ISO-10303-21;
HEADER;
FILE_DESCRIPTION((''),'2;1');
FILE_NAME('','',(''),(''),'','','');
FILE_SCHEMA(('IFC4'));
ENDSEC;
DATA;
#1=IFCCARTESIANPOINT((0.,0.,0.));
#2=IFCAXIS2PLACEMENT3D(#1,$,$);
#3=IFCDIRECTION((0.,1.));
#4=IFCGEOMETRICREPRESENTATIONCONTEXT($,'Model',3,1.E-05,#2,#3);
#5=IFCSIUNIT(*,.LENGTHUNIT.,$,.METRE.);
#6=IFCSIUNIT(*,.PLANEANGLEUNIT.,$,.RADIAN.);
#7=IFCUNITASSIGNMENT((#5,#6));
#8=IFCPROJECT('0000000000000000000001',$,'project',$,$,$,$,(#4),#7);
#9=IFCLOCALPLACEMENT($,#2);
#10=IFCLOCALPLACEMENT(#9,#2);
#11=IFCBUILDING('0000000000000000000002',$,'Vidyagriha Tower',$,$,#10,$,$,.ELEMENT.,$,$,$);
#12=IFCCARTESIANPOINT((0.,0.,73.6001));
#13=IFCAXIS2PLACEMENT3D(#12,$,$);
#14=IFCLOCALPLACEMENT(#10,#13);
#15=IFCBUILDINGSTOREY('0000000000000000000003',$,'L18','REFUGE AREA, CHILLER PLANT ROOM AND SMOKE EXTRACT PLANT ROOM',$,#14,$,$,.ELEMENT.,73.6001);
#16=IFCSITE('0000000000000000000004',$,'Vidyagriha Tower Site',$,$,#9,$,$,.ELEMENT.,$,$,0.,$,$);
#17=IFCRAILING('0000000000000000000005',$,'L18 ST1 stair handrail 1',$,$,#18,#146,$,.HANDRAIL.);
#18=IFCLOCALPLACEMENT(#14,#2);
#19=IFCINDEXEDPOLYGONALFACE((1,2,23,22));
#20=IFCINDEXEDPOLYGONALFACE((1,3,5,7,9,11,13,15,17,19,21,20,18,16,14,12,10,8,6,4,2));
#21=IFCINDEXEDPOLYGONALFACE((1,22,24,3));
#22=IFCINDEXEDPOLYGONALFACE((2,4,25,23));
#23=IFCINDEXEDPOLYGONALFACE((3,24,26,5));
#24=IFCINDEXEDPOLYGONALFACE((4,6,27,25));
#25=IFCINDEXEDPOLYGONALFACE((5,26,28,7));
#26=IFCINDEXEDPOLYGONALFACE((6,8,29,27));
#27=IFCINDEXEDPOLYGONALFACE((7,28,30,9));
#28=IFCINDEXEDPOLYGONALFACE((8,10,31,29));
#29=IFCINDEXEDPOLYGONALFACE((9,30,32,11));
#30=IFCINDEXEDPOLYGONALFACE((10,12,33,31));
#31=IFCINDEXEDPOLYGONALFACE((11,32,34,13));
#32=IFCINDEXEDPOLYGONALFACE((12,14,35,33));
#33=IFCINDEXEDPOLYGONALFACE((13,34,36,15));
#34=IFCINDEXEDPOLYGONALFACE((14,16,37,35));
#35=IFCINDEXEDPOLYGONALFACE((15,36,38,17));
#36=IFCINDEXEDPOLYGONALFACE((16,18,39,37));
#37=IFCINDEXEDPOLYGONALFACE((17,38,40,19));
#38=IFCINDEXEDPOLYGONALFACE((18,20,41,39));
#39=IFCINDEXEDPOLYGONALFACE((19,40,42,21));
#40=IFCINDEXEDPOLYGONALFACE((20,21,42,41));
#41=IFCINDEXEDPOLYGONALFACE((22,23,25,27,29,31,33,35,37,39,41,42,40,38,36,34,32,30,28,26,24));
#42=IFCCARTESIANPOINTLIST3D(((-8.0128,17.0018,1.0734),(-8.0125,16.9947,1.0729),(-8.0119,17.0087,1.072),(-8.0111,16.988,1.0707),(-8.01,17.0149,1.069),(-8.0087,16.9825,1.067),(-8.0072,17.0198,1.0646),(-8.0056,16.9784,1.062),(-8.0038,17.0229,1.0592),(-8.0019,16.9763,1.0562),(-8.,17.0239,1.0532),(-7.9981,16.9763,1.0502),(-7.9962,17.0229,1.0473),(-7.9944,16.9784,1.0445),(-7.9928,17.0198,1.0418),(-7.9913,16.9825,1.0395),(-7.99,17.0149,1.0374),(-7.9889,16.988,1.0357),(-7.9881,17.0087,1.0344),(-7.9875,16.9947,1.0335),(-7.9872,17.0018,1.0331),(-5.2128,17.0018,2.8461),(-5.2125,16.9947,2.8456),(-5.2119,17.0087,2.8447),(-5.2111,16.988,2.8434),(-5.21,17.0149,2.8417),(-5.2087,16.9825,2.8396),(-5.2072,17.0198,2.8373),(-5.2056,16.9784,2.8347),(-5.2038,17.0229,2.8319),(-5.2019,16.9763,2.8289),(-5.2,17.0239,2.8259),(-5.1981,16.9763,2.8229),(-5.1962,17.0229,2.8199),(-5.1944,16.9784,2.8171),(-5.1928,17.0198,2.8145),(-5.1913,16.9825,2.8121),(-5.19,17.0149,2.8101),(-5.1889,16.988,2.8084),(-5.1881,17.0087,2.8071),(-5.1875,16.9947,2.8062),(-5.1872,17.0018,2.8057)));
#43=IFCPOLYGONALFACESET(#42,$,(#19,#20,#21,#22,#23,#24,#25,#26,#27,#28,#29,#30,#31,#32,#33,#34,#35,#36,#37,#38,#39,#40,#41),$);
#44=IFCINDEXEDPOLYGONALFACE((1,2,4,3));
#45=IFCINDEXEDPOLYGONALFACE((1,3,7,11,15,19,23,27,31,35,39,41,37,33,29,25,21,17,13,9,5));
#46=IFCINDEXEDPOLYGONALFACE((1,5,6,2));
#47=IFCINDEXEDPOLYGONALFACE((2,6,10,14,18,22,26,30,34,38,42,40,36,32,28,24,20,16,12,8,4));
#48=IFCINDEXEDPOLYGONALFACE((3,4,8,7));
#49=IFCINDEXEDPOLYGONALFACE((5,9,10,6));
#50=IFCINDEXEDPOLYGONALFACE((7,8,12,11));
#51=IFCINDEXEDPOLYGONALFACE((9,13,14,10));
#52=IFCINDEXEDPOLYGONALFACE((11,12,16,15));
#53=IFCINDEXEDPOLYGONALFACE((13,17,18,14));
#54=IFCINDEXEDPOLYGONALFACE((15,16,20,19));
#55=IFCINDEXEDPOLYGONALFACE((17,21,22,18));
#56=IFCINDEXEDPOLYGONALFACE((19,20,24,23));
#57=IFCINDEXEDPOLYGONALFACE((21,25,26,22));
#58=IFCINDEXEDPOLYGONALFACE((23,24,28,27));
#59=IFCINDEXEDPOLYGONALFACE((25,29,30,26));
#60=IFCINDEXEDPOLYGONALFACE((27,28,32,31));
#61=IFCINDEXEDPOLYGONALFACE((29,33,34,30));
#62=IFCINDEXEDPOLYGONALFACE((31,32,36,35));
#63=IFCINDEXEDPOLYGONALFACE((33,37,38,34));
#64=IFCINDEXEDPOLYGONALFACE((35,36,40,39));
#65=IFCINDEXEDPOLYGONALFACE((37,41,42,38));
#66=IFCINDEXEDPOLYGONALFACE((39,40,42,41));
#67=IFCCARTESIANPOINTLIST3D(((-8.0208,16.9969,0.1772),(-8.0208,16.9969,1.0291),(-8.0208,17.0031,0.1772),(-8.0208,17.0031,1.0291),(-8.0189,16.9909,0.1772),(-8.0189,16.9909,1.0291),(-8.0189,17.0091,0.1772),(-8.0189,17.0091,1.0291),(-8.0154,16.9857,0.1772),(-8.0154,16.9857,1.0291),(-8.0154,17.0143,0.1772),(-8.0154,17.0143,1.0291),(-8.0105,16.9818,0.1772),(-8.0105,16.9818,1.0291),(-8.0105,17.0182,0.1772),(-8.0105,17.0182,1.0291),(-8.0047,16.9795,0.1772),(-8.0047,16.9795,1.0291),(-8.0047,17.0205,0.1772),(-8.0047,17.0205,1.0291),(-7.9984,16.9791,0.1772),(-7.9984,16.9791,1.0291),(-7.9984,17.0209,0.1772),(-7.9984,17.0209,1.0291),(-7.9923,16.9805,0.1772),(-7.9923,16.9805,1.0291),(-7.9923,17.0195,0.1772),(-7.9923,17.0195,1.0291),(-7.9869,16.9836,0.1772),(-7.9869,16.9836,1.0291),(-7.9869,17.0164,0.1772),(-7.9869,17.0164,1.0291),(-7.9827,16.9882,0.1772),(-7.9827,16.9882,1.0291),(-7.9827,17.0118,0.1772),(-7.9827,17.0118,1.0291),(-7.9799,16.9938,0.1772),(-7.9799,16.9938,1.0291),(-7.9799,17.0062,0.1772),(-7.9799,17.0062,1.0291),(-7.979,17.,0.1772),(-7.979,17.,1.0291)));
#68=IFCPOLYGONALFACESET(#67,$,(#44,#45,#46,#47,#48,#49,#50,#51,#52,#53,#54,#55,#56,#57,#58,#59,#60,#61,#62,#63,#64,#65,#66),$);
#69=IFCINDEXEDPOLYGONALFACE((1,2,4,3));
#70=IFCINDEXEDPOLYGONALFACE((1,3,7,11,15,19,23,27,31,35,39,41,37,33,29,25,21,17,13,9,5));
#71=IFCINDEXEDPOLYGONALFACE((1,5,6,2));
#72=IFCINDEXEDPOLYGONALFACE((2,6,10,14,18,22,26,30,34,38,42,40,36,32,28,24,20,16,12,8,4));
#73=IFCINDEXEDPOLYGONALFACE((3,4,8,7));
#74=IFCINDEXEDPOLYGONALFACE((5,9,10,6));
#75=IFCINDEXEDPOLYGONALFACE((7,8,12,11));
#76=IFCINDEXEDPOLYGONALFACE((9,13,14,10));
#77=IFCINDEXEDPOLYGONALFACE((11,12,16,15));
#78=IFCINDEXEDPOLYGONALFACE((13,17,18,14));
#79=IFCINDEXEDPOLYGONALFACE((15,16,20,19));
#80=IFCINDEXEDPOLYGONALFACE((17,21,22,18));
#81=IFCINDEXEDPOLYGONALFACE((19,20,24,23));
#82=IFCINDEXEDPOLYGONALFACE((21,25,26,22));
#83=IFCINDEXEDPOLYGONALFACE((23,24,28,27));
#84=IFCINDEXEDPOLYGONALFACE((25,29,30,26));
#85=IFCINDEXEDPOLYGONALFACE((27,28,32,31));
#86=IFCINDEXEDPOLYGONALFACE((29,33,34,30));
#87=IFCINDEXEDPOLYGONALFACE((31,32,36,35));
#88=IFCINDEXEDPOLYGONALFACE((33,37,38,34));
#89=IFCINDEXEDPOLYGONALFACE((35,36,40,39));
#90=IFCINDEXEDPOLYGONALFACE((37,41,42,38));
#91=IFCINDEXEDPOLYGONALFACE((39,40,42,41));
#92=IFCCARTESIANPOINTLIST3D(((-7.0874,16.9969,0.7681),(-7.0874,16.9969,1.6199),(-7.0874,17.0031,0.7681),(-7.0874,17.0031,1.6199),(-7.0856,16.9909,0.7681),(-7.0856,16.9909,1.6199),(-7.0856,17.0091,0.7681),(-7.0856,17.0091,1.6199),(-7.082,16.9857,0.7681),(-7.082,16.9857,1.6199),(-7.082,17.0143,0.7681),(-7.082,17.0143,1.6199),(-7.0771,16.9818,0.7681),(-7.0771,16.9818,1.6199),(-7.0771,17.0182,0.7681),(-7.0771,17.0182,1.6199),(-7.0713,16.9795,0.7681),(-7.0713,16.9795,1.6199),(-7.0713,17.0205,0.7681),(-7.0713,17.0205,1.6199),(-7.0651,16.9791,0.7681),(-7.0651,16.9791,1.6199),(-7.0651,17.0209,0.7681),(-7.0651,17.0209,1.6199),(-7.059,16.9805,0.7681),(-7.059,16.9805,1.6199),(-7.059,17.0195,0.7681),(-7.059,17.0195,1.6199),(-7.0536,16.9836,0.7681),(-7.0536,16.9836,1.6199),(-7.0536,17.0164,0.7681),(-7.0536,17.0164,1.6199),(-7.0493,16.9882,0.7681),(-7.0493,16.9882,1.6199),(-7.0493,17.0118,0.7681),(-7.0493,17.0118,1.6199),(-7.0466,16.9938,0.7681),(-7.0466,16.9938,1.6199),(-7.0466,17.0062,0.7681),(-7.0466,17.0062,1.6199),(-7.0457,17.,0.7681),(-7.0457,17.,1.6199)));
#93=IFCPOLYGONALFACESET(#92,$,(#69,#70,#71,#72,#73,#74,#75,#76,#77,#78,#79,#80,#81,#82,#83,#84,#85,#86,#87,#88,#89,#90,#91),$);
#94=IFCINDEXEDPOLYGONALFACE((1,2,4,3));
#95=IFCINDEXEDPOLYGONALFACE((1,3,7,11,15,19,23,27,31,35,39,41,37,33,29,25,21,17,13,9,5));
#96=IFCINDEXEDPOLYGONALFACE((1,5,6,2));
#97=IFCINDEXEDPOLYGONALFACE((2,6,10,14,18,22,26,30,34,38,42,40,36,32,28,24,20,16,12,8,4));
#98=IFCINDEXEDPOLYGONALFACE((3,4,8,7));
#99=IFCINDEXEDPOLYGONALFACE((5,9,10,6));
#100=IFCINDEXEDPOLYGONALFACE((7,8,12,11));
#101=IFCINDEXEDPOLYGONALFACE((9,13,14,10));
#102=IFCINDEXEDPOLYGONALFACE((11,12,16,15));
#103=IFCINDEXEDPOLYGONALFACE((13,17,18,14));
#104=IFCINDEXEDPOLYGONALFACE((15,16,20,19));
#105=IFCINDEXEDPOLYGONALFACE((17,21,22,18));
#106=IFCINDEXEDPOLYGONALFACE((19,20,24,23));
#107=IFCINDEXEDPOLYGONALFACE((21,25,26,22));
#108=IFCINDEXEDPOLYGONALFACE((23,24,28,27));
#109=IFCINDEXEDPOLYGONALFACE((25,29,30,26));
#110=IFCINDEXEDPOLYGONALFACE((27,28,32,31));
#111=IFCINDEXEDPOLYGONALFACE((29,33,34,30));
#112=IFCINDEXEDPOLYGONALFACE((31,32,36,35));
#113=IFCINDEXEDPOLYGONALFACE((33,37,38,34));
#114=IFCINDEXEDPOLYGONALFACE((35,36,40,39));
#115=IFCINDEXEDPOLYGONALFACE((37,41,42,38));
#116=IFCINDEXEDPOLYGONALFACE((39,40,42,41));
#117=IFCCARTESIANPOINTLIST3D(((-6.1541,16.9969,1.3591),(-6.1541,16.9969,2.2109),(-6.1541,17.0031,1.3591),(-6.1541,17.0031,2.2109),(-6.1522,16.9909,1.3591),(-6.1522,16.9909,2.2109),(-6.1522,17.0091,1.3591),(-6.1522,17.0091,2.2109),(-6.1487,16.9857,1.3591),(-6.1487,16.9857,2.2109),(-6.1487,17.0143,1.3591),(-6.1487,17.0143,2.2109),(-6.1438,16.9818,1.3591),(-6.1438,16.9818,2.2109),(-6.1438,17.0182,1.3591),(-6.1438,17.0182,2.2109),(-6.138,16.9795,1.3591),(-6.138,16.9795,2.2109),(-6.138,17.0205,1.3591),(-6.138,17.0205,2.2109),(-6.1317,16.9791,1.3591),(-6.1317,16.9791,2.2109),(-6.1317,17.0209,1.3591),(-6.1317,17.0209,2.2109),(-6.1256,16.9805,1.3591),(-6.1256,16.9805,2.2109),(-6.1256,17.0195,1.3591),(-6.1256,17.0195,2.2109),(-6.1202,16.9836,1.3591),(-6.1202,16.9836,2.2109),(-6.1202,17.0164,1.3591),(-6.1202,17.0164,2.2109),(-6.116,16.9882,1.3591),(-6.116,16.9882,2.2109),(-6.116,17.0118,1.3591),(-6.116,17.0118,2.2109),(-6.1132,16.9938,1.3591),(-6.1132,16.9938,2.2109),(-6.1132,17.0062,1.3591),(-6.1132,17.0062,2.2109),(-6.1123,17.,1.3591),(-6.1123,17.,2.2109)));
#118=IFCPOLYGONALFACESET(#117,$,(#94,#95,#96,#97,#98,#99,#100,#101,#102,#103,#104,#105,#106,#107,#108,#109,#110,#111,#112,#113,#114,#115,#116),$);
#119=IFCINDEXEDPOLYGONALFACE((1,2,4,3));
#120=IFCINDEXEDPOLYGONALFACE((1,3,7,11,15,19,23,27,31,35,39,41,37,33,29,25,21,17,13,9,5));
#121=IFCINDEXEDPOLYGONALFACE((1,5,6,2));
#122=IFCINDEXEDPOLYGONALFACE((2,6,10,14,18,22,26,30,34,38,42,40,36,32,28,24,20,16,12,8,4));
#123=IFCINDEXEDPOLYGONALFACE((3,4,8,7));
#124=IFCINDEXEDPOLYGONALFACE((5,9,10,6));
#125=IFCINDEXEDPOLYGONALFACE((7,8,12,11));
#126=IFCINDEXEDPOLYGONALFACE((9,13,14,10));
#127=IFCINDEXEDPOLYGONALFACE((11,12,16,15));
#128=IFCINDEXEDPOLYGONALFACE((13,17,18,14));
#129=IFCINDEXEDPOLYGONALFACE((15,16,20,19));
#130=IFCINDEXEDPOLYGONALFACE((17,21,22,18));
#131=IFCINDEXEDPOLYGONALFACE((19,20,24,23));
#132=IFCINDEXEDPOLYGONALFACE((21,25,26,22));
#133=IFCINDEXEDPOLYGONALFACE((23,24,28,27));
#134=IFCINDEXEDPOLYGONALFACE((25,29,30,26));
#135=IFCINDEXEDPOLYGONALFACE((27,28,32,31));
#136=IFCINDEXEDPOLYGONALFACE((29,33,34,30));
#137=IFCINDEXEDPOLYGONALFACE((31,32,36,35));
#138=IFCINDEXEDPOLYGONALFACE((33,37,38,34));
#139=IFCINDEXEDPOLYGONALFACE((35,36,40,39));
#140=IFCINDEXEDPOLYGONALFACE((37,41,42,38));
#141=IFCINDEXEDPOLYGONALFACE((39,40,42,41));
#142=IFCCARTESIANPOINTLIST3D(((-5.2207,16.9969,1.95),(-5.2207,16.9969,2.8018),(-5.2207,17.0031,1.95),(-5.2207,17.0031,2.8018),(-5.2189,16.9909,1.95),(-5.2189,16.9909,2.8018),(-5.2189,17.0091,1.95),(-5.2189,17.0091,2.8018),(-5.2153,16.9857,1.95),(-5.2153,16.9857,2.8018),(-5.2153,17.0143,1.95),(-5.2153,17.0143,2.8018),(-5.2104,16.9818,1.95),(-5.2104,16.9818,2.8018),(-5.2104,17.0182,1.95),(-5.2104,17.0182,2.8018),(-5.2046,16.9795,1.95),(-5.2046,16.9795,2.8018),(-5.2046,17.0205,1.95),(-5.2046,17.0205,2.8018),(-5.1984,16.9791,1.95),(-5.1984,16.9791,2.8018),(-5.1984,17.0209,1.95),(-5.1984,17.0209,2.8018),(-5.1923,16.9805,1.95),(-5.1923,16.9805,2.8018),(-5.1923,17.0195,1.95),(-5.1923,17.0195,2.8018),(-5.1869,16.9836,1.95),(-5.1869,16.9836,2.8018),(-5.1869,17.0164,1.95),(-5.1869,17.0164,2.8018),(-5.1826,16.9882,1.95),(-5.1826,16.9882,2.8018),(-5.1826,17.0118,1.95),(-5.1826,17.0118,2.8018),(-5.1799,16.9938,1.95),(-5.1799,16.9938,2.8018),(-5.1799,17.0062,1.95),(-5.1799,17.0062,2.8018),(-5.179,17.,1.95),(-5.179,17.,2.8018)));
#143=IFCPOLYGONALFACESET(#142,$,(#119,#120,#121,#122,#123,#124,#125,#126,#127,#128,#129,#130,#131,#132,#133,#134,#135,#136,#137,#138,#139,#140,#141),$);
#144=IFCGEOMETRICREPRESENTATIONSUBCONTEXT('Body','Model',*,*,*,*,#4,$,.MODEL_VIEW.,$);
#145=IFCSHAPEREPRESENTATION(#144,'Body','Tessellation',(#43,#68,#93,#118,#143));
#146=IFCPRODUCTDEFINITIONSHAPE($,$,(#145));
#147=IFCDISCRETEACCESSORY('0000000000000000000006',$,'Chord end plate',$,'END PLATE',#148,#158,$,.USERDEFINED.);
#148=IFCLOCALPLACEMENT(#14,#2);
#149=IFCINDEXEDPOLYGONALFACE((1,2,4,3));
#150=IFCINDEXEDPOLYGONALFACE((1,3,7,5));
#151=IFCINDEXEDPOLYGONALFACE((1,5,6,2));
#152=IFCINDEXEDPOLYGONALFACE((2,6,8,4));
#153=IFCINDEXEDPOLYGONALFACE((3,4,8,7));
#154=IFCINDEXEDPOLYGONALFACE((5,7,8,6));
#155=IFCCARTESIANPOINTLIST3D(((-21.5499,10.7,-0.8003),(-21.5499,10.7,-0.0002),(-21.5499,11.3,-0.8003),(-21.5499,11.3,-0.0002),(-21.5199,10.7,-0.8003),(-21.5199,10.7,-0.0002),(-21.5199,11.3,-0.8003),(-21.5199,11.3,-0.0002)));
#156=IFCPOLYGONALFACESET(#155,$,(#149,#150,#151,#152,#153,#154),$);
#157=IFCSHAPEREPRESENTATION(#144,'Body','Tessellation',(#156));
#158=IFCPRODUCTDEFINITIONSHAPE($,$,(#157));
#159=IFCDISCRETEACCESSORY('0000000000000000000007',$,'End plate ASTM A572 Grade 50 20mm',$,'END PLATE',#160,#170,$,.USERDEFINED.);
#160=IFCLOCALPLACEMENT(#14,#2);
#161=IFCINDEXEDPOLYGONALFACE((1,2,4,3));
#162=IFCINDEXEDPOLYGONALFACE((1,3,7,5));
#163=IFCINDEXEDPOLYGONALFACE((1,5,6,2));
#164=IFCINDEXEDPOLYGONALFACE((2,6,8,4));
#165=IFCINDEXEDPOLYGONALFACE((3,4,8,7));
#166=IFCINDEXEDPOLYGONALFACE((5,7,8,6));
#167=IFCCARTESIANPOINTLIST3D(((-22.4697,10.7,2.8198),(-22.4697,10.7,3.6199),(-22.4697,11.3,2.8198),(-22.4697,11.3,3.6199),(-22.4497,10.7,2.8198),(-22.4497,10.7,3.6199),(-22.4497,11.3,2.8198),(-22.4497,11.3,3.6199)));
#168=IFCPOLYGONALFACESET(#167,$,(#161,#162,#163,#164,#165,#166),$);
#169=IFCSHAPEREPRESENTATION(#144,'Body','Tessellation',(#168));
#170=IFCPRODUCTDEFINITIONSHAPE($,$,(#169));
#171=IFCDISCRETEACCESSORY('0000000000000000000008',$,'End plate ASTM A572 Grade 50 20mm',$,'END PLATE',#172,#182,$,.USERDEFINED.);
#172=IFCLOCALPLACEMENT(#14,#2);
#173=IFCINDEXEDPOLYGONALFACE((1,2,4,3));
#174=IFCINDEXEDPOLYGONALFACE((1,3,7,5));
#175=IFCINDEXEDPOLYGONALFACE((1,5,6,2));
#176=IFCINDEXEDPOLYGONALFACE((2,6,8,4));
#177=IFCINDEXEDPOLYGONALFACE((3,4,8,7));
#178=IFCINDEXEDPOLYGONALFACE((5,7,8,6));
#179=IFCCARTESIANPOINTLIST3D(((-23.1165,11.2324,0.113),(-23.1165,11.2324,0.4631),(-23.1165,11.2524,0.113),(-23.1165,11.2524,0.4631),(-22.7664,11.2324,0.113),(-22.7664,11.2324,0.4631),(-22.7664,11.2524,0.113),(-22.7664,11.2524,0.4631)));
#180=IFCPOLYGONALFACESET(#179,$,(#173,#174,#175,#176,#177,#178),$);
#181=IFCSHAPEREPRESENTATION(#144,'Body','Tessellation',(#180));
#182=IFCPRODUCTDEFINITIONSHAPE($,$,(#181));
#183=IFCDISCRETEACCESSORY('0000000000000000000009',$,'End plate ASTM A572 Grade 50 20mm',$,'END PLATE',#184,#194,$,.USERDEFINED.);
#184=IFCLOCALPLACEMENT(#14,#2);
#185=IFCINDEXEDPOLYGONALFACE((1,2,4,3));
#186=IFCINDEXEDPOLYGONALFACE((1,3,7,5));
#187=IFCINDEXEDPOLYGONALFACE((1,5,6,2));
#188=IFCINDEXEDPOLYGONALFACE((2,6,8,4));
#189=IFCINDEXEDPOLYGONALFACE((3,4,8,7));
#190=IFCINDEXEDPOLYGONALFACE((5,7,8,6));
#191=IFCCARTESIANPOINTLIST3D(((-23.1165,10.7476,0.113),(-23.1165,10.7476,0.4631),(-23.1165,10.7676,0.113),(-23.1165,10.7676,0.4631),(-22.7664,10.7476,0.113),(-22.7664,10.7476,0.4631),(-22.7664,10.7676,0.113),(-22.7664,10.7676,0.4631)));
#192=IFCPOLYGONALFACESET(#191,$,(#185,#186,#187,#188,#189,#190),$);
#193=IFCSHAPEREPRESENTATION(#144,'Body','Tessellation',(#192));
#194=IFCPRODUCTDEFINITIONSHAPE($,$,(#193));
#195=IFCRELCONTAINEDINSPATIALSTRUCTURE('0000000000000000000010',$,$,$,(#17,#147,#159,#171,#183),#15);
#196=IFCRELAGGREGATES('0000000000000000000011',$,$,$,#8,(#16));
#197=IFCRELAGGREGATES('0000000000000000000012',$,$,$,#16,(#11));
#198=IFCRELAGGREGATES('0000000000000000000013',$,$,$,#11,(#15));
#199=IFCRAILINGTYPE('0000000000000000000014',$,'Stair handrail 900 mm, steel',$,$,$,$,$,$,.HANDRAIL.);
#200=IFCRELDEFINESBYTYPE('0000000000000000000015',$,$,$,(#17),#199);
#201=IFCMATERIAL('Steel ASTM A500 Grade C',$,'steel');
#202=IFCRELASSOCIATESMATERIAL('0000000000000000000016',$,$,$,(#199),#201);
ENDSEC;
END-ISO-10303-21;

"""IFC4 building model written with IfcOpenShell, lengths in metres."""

from ifc_helpers import new_model, si_unit, direction, frame, origin, origin_2d, place, context, subcontext, project, spatial, rectangle, circle, extrude, material, type_object, element, save


model = new_model("IFC4")

# Units and contexts
model_context = context("Model", 3, precision=1e-05, world=origin(), true_north=direction((0.0, 1.0)))
body_context = subcontext(model_context, "Body", "Model", "MODEL_VIEW")
ifc_project = project(units=[si_unit("LENGTHUNIT", "METRE"), si_unit("PLANEANGLEUNIT", "RADIAN")], contexts=[model_context])

# Site, building, storey
site_placement = place(None, origin())
site = spatial("IfcSite", under=ifc_project, at=site_placement, Name="Vidyagriha Tower Site", CompositionType="ELEMENT", RefElevation=0.0)
building_placement = place(site_placement, origin())
building = spatial("IfcBuilding", under=site, at=building_placement, Name="Vidyagriha Tower", CompositionType="ELEMENT")
storey_placement = place(building_placement, frame((0.0, 0.0, 73.6001)))
storey = spatial("IfcBuildingStorey", under=building, at=storey_placement, Name="L18", Description="REFUGE AREA, CHILLER PLANT ROOM AND SMOKE EXTRACT PLANT ROOM", CompositionType="ELEMENT", Elevation=73.6001)

# Railing
ifc_material_1 = material(Name="Steel ASTM A500 Grade C", Category="steel")
railing_type_1 = type_object("IfcRailingType", Name="Stair handrail 900 mm, steel", PredefinedType="HANDRAIL", material=ifc_material_1)
railing_1_placement = place(storey_placement, frame((-8.0, 17.0, 0.1772)))
element("IfcRailing", 1, at=railing_1_placement, inside=storey, type_object=railing_type_1, Name="L18 ST1 stair handrail 1", PredefinedType="HANDRAIL", context=body_context, shape_type="SweptSolid", body=[
    extrude(circle(Radius=0.0239, at=origin_2d()), frame((0.0, 0.0, 0.876), z_axis=(0.844909, 0.0, 0.53491), x_axis=(0.0, 1.0, 0.0)), (0.0, 0.0, 1.0), 3.314),
    extrude(circle(Radius=0.021, at=origin_2d()), origin(), (0.0, 0.0, 1.0), 0.8518),
    extrude(circle(Radius=0.021, at=origin_2d()), frame((0.9333, 0.0, 0.5908)), (0.0, 0.0, 1.0), 0.8518),
    extrude(circle(Radius=0.021, at=origin_2d()), frame((1.8667, 0.0, 1.1819)), (0.0, 0.0, 1.0), 0.8518),
    extrude(circle(Radius=0.021, at=origin_2d()), frame((2.8, 0.0, 1.7727)), (0.0, 0.0, 1.0), 0.8518),
])

# Discrete accessories
discrete_accessory_1_placement = place(storey_placement, frame((-21.5349, 11.0, -0.8003)))
element("IfcDiscreteAccessory", 2, at=discrete_accessory_1_placement, inside=storey, Name="Chord end plate", ObjectType="END PLATE", PredefinedType="USERDEFINED", context=body_context, shape_type="SweptSolid", body=[
    extrude(rectangle(XDim=0.03, YDim=0.6001, at=origin_2d()), origin(), (0.0, 0.0, 1.0), 0.8),
])
discrete_accessory_2_placement = place(storey_placement, frame((-22.4597, 11.0, 2.8198)))
element("IfcDiscreteAccessory", 3, at=discrete_accessory_2_placement, inside=storey, Name="End plate ASTM A572 Grade 50 20mm", ObjectType="END PLATE", PredefinedType="USERDEFINED", context=body_context, shape_type="SweptSolid", body=[
    extrude(rectangle(XDim=0.02, YDim=0.6001, at=origin_2d()), origin(), (0.0, 0.0, 1.0), 0.8),
])
for number, where, name in (
    (4, (-22.9414, 11.2424, 0.113), "End plate ASTM A572 Grade 50 20mm"),
    (5, (-22.9414, 10.7576, 0.113), "End plate ASTM A572 Grade 50 20mm"),
):
    element("IfcDiscreteAccessory", number, at=place(storey_placement, frame(where)), inside=storey, Name=name, ObjectType="END PLATE", PredefinedType="USERDEFINED", context=body_context, shape_type="SweptSolid", body=[
        extrude(rectangle(XDim=0.3501, YDim=0.02, at=origin_2d()), origin(), (0.0, 0.0, 1.0), 0.3501),
    ])

save(model, "model.ifc")
